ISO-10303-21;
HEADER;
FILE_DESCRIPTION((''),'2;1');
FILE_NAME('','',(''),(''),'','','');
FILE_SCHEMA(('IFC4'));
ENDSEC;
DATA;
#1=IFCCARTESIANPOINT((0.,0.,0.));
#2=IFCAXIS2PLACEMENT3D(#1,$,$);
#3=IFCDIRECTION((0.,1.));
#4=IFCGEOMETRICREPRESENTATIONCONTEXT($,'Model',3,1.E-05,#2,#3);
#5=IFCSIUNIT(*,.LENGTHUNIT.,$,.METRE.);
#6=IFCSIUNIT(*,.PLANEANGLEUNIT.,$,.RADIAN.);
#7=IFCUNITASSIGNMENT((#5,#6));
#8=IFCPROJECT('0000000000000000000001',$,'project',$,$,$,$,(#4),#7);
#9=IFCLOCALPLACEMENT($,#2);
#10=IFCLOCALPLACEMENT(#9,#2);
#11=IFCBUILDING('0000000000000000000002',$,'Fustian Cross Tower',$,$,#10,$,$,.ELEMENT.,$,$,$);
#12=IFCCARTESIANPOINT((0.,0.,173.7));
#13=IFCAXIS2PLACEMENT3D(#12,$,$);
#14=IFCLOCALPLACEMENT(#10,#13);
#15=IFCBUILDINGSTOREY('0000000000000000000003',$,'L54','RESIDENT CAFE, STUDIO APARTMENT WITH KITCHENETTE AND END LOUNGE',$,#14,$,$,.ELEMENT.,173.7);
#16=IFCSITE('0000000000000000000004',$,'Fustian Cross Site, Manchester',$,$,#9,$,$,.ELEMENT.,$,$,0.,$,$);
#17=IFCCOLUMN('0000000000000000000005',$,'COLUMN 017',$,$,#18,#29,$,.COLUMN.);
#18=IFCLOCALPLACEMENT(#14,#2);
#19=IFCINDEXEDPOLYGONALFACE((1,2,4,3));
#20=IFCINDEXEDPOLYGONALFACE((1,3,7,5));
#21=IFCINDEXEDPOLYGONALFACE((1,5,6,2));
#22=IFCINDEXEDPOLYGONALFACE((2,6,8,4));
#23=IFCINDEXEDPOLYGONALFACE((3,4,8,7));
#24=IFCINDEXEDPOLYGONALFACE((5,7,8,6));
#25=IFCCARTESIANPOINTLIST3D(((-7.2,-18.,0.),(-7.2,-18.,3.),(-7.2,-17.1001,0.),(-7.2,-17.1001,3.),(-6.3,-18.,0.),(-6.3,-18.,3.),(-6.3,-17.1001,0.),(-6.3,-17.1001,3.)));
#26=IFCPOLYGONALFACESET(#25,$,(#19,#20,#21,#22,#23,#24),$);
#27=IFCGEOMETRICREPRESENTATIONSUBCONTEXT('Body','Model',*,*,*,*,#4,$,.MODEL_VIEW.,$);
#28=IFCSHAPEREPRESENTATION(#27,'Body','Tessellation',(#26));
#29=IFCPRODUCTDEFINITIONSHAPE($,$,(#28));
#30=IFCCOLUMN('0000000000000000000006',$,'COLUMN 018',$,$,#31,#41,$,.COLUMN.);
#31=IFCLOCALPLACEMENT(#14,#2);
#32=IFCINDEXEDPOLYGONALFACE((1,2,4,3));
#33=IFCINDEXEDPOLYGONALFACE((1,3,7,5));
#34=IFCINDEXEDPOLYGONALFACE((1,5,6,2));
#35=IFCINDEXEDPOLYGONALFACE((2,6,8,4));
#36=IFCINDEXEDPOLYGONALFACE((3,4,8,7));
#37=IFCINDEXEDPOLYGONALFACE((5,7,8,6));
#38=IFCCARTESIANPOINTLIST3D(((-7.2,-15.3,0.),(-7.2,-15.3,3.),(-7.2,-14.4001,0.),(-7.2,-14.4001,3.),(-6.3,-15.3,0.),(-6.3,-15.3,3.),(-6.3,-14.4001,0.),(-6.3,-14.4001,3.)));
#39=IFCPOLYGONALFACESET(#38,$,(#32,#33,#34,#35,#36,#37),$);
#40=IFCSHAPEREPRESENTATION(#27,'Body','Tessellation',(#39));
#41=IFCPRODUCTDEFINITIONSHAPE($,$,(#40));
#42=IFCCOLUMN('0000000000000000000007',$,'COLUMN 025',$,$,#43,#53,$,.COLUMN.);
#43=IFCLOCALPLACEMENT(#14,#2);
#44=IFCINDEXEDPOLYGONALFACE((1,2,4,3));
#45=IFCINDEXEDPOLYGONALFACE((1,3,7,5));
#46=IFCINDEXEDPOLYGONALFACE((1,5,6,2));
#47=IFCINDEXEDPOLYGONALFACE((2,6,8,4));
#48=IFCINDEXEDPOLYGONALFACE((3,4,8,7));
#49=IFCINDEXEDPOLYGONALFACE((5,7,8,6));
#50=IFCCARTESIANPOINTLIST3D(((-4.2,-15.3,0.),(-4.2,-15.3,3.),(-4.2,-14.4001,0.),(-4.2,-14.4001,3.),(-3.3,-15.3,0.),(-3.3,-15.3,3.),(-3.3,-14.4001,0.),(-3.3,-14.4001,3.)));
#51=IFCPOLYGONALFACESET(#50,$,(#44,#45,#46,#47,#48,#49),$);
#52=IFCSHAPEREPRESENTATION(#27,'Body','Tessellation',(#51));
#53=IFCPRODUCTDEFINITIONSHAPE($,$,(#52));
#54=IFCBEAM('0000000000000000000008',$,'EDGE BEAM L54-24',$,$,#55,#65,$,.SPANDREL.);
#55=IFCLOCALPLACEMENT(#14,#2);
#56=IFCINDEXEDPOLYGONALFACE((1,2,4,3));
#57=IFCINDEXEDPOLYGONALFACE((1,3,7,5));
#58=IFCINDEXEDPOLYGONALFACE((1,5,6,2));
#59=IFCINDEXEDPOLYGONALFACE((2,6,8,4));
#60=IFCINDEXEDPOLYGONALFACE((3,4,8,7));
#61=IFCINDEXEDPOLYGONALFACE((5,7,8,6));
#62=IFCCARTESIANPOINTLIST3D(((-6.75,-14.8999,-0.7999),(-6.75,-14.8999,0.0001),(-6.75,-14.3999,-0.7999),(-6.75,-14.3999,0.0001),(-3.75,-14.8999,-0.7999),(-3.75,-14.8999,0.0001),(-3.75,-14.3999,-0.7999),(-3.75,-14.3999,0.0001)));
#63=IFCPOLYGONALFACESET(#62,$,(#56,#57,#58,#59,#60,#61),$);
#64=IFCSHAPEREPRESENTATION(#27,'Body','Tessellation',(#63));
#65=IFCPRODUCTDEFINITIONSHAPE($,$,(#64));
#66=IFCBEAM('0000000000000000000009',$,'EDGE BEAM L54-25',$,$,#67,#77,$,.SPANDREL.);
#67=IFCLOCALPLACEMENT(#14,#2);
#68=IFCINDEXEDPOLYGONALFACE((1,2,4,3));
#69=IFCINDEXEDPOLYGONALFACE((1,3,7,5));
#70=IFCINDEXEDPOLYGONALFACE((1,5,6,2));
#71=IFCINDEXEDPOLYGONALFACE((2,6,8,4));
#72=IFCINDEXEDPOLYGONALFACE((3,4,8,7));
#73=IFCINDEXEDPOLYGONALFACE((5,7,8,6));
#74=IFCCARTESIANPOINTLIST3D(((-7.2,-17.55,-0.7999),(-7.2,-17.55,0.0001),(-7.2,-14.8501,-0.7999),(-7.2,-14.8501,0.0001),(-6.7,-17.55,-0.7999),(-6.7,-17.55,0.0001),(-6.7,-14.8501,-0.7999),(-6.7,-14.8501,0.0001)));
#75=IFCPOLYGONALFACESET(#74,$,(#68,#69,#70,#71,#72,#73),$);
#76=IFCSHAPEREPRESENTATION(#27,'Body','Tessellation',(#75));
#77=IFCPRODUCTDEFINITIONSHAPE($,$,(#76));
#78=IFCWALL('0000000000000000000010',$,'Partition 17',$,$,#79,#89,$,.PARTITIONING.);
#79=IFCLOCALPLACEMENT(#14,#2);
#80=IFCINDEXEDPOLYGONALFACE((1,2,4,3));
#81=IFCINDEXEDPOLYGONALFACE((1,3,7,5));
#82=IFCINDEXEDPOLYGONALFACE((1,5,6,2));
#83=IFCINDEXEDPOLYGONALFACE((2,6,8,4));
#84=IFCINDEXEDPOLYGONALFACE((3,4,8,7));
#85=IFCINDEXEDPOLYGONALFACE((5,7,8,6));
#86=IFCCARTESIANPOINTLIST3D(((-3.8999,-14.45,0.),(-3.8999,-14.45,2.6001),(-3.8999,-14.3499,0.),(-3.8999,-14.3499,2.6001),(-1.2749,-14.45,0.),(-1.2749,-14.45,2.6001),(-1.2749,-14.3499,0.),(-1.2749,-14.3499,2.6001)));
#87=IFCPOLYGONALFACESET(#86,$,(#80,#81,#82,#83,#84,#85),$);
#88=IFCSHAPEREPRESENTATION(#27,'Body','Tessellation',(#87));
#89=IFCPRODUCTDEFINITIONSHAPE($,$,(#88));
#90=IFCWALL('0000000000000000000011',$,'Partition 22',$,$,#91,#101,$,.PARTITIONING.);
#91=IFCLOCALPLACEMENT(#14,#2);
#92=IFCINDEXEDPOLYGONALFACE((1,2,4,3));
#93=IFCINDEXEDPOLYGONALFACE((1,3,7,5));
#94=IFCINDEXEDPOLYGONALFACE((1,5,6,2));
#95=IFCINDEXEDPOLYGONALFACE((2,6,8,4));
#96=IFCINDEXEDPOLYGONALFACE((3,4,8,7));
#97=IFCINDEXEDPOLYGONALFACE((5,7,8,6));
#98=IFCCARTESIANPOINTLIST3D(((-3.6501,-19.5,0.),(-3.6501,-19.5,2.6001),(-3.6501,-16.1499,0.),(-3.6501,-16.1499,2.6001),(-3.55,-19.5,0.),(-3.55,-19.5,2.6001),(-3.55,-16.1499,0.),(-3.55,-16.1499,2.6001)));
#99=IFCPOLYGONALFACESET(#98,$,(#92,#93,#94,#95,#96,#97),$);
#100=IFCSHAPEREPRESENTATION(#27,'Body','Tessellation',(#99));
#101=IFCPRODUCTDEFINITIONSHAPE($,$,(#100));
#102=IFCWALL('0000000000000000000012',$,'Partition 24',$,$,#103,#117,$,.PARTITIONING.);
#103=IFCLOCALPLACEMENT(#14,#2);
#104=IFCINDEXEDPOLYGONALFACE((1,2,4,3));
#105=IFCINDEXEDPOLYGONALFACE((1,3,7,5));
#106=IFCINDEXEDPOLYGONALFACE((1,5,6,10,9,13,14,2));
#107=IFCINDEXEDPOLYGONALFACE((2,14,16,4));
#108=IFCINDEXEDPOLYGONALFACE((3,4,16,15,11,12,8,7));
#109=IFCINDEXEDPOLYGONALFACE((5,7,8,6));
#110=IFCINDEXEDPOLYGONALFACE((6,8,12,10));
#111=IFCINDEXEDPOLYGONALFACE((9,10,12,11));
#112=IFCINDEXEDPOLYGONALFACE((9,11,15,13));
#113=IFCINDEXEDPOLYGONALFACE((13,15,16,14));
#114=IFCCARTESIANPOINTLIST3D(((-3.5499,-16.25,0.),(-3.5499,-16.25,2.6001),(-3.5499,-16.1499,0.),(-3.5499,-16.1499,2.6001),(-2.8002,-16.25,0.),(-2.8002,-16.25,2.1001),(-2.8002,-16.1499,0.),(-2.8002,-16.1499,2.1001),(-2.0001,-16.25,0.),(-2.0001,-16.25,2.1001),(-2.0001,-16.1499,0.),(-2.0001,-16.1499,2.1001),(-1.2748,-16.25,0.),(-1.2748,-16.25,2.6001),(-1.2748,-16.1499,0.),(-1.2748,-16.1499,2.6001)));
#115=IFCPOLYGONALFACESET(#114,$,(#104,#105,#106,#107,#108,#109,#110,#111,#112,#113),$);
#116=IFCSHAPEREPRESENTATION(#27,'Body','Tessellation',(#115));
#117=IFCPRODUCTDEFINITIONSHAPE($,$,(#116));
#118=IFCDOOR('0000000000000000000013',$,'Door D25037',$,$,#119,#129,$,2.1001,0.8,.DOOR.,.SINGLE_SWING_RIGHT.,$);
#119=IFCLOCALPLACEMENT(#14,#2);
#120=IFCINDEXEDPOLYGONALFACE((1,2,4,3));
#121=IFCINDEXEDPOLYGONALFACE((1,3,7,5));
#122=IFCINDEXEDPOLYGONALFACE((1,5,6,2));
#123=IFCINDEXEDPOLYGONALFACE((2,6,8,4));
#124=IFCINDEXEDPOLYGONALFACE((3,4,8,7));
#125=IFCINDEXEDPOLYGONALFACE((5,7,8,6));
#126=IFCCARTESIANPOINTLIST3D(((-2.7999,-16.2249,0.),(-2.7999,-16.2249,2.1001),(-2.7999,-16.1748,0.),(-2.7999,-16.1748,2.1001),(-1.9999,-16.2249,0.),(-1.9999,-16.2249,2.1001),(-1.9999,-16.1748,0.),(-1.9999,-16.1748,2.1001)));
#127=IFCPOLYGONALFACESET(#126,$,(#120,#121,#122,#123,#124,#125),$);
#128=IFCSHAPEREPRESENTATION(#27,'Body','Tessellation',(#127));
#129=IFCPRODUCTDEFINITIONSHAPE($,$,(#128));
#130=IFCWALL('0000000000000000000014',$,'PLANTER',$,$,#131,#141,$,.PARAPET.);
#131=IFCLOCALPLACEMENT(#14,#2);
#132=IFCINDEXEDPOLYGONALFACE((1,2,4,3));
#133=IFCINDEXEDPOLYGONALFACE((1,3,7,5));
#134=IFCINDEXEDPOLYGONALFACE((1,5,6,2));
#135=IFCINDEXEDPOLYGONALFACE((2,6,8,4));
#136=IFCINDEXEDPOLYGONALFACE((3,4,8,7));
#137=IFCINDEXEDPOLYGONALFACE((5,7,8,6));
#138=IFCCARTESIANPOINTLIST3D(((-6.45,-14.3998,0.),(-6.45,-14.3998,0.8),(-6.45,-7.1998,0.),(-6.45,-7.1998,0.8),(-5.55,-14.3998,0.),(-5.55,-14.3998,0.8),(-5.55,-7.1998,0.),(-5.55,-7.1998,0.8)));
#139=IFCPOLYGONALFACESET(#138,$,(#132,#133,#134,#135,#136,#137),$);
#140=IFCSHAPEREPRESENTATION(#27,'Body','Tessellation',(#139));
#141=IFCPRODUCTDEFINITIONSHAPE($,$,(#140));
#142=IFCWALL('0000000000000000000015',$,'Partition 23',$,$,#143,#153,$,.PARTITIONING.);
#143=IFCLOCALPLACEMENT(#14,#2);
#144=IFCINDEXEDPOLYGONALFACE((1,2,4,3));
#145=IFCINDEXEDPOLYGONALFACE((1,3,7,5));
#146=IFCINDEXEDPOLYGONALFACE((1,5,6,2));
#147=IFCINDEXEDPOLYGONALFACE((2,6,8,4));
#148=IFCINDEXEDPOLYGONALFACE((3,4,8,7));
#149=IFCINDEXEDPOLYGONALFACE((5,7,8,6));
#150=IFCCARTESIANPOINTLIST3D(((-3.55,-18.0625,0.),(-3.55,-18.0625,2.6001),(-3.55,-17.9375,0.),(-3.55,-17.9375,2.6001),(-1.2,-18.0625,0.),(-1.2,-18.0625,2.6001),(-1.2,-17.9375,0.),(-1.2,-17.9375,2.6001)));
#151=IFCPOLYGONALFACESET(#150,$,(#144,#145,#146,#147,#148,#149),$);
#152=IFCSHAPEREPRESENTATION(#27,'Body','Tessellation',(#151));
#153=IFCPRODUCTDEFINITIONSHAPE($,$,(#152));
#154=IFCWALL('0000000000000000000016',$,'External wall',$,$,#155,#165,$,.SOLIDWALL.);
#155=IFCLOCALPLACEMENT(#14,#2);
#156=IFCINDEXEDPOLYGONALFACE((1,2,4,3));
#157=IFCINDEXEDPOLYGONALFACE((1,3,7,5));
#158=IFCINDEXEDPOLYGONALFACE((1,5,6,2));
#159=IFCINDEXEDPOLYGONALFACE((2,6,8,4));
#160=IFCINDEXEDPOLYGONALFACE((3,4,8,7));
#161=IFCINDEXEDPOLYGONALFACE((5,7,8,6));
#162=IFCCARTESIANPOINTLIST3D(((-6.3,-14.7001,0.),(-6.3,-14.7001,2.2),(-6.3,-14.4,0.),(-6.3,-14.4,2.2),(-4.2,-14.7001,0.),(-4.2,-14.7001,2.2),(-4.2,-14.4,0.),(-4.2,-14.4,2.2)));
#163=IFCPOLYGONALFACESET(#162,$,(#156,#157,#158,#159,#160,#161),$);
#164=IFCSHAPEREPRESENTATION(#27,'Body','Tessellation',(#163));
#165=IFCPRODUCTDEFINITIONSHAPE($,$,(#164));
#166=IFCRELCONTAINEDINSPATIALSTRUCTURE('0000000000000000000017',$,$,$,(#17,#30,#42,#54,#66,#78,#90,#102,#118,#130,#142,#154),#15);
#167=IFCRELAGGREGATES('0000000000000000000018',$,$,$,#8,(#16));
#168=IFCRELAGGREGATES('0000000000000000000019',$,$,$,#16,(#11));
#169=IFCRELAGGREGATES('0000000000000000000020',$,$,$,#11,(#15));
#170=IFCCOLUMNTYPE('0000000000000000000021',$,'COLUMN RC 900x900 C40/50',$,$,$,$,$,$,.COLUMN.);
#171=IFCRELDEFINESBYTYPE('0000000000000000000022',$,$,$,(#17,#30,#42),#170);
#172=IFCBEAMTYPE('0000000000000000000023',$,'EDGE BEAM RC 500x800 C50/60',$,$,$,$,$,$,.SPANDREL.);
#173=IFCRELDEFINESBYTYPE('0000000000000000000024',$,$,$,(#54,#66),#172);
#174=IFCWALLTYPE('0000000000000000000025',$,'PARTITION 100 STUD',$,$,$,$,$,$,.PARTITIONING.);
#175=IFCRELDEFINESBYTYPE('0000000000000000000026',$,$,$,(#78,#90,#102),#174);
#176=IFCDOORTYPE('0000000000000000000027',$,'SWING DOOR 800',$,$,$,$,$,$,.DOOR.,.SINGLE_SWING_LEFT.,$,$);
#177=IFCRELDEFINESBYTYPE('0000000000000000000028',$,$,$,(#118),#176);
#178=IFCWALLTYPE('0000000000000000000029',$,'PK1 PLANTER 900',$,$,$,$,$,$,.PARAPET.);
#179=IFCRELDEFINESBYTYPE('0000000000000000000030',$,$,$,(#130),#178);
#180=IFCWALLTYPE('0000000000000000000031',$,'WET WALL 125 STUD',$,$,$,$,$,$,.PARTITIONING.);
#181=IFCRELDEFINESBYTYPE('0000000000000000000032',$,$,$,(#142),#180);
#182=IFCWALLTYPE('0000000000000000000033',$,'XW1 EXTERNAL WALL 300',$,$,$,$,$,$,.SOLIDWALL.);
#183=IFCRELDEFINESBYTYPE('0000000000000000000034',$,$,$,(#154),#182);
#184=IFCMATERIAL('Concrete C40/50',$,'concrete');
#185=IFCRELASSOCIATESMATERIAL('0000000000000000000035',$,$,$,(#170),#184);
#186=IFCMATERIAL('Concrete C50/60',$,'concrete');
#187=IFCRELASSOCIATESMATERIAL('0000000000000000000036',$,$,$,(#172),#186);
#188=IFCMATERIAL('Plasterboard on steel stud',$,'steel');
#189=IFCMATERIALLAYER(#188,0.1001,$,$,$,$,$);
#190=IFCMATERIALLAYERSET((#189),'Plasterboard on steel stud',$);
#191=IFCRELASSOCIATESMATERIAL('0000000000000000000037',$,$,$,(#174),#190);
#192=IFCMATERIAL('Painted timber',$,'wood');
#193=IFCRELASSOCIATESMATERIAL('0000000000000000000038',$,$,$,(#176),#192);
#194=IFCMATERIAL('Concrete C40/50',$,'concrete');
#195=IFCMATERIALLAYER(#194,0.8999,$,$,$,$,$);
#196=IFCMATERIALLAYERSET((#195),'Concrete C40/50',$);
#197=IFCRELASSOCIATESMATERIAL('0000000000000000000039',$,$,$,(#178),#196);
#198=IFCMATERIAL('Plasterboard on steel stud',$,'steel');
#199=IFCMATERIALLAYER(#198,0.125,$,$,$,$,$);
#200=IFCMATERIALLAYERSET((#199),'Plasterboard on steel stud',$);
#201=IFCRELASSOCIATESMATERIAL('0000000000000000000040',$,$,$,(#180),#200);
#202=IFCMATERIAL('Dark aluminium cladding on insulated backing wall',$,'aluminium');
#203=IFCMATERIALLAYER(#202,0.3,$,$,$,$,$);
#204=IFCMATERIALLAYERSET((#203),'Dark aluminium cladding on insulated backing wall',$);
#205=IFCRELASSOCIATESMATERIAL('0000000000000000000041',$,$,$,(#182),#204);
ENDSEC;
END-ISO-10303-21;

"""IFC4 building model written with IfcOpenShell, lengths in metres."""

from ifc_helpers import new_model, si_unit, direction, frame, frame_2d, origin, origin_2d, place, context, subcontext, project, spatial, rectangle, extrude, material, layer, layer_set, material_profile, profile_set, type_object, element, fill, save


model = new_model("IFC4")

# Units and contexts
model_context = context("Model", 3, precision=1e-05, world=origin(), true_north=direction((0.0, 1.0)))
body_context = subcontext(model_context, "Body", "Model", "MODEL_VIEW")
ifc_project = project(units=[si_unit("LENGTHUNIT", "METRE"), si_unit("PLANEANGLEUNIT", "RADIAN")], contexts=[model_context])

# Site, building, storey
site_placement = place(None, origin())
site = spatial("IfcSite", under=ifc_project, at=site_placement, Name="Fustian Cross Site, Manchester", CompositionType="ELEMENT", RefElevation=0.0)
building_placement = place(site_placement, origin())
building = spatial("IfcBuilding", under=site, at=building_placement, Name="Fustian Cross Tower", CompositionType="ELEMENT")
storey_placement = place(building_placement, frame((0.0, 0.0, 173.7)))
storey = spatial("IfcBuildingStorey", under=building, at=storey_placement, Name="L54", Description="RESIDENT CAFE, STUDIO APARTMENT WITH KITCHENETTE AND END LOUNGE", CompositionType="ELEMENT", Elevation=173.7)

# Columns
ifc_material_1 = material(Name="Concrete C40/50", Category="concrete")
ifc_material_profile_1 = material_profile(ifc_material_1, rectangle(XDim=0.8999, YDim=0.8999, at=origin_2d()), Name="RC 900x900")
ifc_profile_set_1 = profile_set([ifc_material_profile_1], Name="Concrete C40/50")
column_type = type_object("IfcColumnType", Name="COLUMN RC 900x900 C40/50", PredefinedType="COLUMN", material=ifc_profile_set_1)
for number, where, z_axis, x_axis, name in (
    (1, (-6.75, -17.55, 0.0), (0.0, 0.0, 1.0), (1.0, 0.0, 0.0), "COLUMN 017"),
    (2, (-6.75, -14.8501, 0.0), (0.0, 0.0, 1.0), (1.0, 0.0, 0.0), "COLUMN 018"),
    (3, (-3.75, -14.8501, 0.0), (0.0, 0.0, 1.0), (1.0, 0.0, 0.0), "COLUMN 025"),
):
    element("IfcColumn", number, at=place(storey_placement, frame(where, z_axis=z_axis, x_axis=x_axis)), inside=storey, type_object=column_type, Name=name, PredefinedType="COLUMN", context=body_context, shape_type="SweptSolid", body=[
        extrude(rectangle(XDim=0.8999, YDim=0.8999, at=origin_2d()), origin(), (0.0, 0.0, 1.0), 3.0),
    ])

# Beams
ifc_material_2 = material(Name="Concrete C50/60", Category="concrete")
ifc_material_profile_2 = material_profile(ifc_material_2, rectangle(XDim=0.5, YDim=0.8, at=origin_2d()), Name="RC 500x800")
ifc_profile_set_2 = profile_set([ifc_material_profile_2], Name="Concrete C50/60")
beam_type = type_object("IfcBeamType", Name="EDGE BEAM RC 500x800 C50/60", PredefinedType="SPANDREL", material=ifc_profile_set_2)
beam_1_placement = place(storey_placement, frame((-3.75, -14.6499, -0.3999), z_axis=(-1.0, 0.0, 0.0), x_axis=(0.0, -1.0, 0.0)))
element("IfcBeam", 4, at=beam_1_placement, inside=storey, type_object=beam_type, Name="EDGE BEAM L54-24", PredefinedType="SPANDREL", context=body_context, shape_type="SweptSolid", body=[
    extrude(rectangle(XDim=0.5, YDim=0.8, at=origin_2d()), origin(), (0.0, 0.0, 1.0), 3.0),
])
beam_2_placement = place(storey_placement, frame((-6.95, -14.8501, -0.3999), z_axis=(0.0, -1.0, 0.0), x_axis=(1.0, 0.0, 0.0)))
element("IfcBeam", 5, at=beam_2_placement, inside=storey, type_object=beam_type, Name="EDGE BEAM L54-25", PredefinedType="SPANDREL", context=body_context, shape_type="SweptSolid", body=[
    extrude(rectangle(XDim=0.5, YDim=0.8, at=origin_2d()), origin(), (0.0, 0.0, 1.0), 2.7),
])

# Walls
ifc_material_3 = material(Name="Plasterboard on steel stud", Category="steel")
ifc_layer_1 = layer(ifc_material_3, 0.1001)
ifc_layer_set_1 = layer_set([ifc_layer_1], Name="Plasterboard on steel stud")
wall_type_1 = type_object("IfcWallType", Name="PARTITION 100 STUD", PredefinedType="PARTITIONING", material=ifc_layer_set_1)
wall_1_placement = place(storey_placement, frame((-3.8999, -14.3999, 0.0), z_axis=(0.0, 0.0, 1.0), x_axis=(1.0, 0.0, 0.0)))
element("IfcWall", 6, at=wall_1_placement, inside=storey, type_object=wall_type_1, Name="Partition 17", PredefinedType="PARTITIONING", context=body_context, shape_type="SweptSolid", body=[
    extrude(rectangle(XDim=2.625, YDim=0.1001, at=frame_2d((1.3125, 0.0))), origin(), (0.0, 0.0, 1.0), 2.6001),
])
wall_2_placement = place(storey_placement, frame((-3.6001, -19.5, 0.0), z_axis=(0.0, 0.0, 1.0), x_axis=(0.0, 1.0, 0.0)))
element("IfcWall", 7, at=wall_2_placement, inside=storey, type_object=wall_type_1, Name="Partition 22", PredefinedType="PARTITIONING", context=body_context, shape_type="SweptSolid", body=[
    extrude(rectangle(XDim=3.3501, YDim=0.1001, at=frame_2d((1.675, 0.0))), origin(), (0.0, 0.0, 1.0), 2.6001),
])

# Wall, opening, door
wall_3_placement = place(storey_placement, frame((-3.55, -16.2, 0.0), z_axis=(0.0, 0.0, 1.0), x_axis=(1.0, 0.0, 0.0)))
wall_3 = element("IfcWall", 8, at=wall_3_placement, inside=storey, type_object=wall_type_1, Name="Partition 24", PredefinedType="PARTITIONING", context=body_context, shape_type="SweptSolid", body=[
    extrude(rectangle(XDim=2.2751, YDim=0.1001, at=frame_2d((1.1377, 0.0))), origin(), (0.0, 0.0, 1.0), 2.6001),
])
opening_1_placement = place(wall_3_placement, frame((0.75, 0.0, 0.0)))
opening_1 = element("IfcOpeningElement", 9, at=opening_1_placement, cuts=wall_3, PredefinedType="OPENING", context=body_context, shape_type="SweptSolid", body=[
    extrude(rectangle(XDim=0.8, YDim=2.1001, at=frame_2d((0.3999, 1.05))), frame((0.0, 0.0601, 0.0), z_axis=(0.0, -1.0, 0.0), x_axis=(1.0, 0.0, 0.0)), (0.0, 0.0, 1.0), 0.1201),
])
ifc_material_4 = material(Name="Painted timber", Category="wood")
door_type = type_object("IfcDoorType", Name="SWING DOOR 800", OperationType="SINGLE_SWING_LEFT", PredefinedType="DOOR", material=ifc_material_4)
door_placement = place(opening_1_placement, frame((0.8, 0.0, 0.0), z_axis=(0.0, 0.0, 1.0), x_axis=(-1.0, 0.0, 0.0)))
door = element("IfcDoor", 10, at=door_placement, inside=storey, type_object=door_type, Name="Door D25037", OperationType="SINGLE_SWING_RIGHT", OverallHeight=2.1001, OverallWidth=0.8, PredefinedType="DOOR", context=body_context, shape_type="SweptSolid", body=[
    extrude(rectangle(XDim=0.8, YDim=2.1001, at=frame_2d((0.3999, 1.05))), frame((0.0, 0.0249, 0.0), z_axis=(0.0, -1.0, 0.0), x_axis=(1.0, 0.0, 0.0)), (0.0, 0.0, 1.0), 0.05),
])
fill(opening_1, door)

# Walls
ifc_material_5 = material(Name="Concrete C40/50", Category="concrete")
ifc_layer_2 = layer(ifc_material_5, 0.8999)
ifc_layer_set_2 = layer_set([ifc_layer_2], Name="Concrete C40/50")
wall_type_2 = type_object("IfcWallType", Name="PK1 PLANTER 900", PredefinedType="PARAPET", material=ifc_layer_set_2)
wall_4_placement = place(storey_placement, frame((-6.0, -14.3999, 0.0), z_axis=(0.0, 0.0, 1.0), x_axis=(0.0, 1.0, 0.0)))
element("IfcWall", 11, at=wall_4_placement, inside=storey, type_object=wall_type_2, Name="PLANTER", PredefinedType="PARAPET", context=body_context, shape_type="SweptSolid", body=[
    extrude(rectangle(XDim=7.2, YDim=0.8999, at=frame_2d((3.6001, 0.0))), origin(), (0.0, 0.0, 1.0), 0.8),
])
ifc_material_6 = material(Name="Plasterboard on steel stud", Category="steel")
ifc_layer_3 = layer(ifc_material_6, 0.125)
ifc_layer_set_3 = layer_set([ifc_layer_3], Name="Plasterboard on steel stud")
wall_type_3 = type_object("IfcWallType", Name="WET WALL 125 STUD", PredefinedType="PARTITIONING", material=ifc_layer_set_3)
wall_5_placement = place(storey_placement, frame((-3.55, -18.0, 0.0), z_axis=(0.0, 0.0, 1.0), x_axis=(1.0, 0.0, 0.0)))
element("IfcWall", 12, at=wall_5_placement, inside=storey, type_object=wall_type_3, Name="Partition 23", PredefinedType="PARTITIONING", context=body_context, shape_type="SweptSolid", body=[
    extrude(rectangle(XDim=2.3501, YDim=0.125, at=frame_2d((1.175, 0.0))), origin(), (0.0, 0.0, 1.0), 2.6001),
])
ifc_material_7 = material(Name="Dark aluminium cladding on insulated backing wall", Category="aluminium")
ifc_layer_4 = layer(ifc_material_7, 0.3)
ifc_layer_set_4 = layer_set([ifc_layer_4], Name="Dark aluminium cladding on insulated backing wall")
wall_type_4 = type_object("IfcWallType", Name="XW1 EXTERNAL WALL 300", PredefinedType="SOLIDWALL", material=ifc_layer_set_4)
wall_6_placement = place(storey_placement, frame((-4.2, -14.55, 0.0), z_axis=(0.0, 0.0, 1.0), x_axis=(-1.0, 0.0, 0.0)))
element("IfcWall", 13, at=wall_6_placement, inside=storey, type_object=wall_type_4, Name="External wall", PredefinedType="SOLIDWALL", context=body_context, shape_type="SweptSolid", body=[
    extrude(rectangle(XDim=2.1001, YDim=0.3, at=frame_2d((1.05, 0.0))), origin(), (0.0, 0.0, 1.0), 2.2),
])

save(model, "model.ifc")
